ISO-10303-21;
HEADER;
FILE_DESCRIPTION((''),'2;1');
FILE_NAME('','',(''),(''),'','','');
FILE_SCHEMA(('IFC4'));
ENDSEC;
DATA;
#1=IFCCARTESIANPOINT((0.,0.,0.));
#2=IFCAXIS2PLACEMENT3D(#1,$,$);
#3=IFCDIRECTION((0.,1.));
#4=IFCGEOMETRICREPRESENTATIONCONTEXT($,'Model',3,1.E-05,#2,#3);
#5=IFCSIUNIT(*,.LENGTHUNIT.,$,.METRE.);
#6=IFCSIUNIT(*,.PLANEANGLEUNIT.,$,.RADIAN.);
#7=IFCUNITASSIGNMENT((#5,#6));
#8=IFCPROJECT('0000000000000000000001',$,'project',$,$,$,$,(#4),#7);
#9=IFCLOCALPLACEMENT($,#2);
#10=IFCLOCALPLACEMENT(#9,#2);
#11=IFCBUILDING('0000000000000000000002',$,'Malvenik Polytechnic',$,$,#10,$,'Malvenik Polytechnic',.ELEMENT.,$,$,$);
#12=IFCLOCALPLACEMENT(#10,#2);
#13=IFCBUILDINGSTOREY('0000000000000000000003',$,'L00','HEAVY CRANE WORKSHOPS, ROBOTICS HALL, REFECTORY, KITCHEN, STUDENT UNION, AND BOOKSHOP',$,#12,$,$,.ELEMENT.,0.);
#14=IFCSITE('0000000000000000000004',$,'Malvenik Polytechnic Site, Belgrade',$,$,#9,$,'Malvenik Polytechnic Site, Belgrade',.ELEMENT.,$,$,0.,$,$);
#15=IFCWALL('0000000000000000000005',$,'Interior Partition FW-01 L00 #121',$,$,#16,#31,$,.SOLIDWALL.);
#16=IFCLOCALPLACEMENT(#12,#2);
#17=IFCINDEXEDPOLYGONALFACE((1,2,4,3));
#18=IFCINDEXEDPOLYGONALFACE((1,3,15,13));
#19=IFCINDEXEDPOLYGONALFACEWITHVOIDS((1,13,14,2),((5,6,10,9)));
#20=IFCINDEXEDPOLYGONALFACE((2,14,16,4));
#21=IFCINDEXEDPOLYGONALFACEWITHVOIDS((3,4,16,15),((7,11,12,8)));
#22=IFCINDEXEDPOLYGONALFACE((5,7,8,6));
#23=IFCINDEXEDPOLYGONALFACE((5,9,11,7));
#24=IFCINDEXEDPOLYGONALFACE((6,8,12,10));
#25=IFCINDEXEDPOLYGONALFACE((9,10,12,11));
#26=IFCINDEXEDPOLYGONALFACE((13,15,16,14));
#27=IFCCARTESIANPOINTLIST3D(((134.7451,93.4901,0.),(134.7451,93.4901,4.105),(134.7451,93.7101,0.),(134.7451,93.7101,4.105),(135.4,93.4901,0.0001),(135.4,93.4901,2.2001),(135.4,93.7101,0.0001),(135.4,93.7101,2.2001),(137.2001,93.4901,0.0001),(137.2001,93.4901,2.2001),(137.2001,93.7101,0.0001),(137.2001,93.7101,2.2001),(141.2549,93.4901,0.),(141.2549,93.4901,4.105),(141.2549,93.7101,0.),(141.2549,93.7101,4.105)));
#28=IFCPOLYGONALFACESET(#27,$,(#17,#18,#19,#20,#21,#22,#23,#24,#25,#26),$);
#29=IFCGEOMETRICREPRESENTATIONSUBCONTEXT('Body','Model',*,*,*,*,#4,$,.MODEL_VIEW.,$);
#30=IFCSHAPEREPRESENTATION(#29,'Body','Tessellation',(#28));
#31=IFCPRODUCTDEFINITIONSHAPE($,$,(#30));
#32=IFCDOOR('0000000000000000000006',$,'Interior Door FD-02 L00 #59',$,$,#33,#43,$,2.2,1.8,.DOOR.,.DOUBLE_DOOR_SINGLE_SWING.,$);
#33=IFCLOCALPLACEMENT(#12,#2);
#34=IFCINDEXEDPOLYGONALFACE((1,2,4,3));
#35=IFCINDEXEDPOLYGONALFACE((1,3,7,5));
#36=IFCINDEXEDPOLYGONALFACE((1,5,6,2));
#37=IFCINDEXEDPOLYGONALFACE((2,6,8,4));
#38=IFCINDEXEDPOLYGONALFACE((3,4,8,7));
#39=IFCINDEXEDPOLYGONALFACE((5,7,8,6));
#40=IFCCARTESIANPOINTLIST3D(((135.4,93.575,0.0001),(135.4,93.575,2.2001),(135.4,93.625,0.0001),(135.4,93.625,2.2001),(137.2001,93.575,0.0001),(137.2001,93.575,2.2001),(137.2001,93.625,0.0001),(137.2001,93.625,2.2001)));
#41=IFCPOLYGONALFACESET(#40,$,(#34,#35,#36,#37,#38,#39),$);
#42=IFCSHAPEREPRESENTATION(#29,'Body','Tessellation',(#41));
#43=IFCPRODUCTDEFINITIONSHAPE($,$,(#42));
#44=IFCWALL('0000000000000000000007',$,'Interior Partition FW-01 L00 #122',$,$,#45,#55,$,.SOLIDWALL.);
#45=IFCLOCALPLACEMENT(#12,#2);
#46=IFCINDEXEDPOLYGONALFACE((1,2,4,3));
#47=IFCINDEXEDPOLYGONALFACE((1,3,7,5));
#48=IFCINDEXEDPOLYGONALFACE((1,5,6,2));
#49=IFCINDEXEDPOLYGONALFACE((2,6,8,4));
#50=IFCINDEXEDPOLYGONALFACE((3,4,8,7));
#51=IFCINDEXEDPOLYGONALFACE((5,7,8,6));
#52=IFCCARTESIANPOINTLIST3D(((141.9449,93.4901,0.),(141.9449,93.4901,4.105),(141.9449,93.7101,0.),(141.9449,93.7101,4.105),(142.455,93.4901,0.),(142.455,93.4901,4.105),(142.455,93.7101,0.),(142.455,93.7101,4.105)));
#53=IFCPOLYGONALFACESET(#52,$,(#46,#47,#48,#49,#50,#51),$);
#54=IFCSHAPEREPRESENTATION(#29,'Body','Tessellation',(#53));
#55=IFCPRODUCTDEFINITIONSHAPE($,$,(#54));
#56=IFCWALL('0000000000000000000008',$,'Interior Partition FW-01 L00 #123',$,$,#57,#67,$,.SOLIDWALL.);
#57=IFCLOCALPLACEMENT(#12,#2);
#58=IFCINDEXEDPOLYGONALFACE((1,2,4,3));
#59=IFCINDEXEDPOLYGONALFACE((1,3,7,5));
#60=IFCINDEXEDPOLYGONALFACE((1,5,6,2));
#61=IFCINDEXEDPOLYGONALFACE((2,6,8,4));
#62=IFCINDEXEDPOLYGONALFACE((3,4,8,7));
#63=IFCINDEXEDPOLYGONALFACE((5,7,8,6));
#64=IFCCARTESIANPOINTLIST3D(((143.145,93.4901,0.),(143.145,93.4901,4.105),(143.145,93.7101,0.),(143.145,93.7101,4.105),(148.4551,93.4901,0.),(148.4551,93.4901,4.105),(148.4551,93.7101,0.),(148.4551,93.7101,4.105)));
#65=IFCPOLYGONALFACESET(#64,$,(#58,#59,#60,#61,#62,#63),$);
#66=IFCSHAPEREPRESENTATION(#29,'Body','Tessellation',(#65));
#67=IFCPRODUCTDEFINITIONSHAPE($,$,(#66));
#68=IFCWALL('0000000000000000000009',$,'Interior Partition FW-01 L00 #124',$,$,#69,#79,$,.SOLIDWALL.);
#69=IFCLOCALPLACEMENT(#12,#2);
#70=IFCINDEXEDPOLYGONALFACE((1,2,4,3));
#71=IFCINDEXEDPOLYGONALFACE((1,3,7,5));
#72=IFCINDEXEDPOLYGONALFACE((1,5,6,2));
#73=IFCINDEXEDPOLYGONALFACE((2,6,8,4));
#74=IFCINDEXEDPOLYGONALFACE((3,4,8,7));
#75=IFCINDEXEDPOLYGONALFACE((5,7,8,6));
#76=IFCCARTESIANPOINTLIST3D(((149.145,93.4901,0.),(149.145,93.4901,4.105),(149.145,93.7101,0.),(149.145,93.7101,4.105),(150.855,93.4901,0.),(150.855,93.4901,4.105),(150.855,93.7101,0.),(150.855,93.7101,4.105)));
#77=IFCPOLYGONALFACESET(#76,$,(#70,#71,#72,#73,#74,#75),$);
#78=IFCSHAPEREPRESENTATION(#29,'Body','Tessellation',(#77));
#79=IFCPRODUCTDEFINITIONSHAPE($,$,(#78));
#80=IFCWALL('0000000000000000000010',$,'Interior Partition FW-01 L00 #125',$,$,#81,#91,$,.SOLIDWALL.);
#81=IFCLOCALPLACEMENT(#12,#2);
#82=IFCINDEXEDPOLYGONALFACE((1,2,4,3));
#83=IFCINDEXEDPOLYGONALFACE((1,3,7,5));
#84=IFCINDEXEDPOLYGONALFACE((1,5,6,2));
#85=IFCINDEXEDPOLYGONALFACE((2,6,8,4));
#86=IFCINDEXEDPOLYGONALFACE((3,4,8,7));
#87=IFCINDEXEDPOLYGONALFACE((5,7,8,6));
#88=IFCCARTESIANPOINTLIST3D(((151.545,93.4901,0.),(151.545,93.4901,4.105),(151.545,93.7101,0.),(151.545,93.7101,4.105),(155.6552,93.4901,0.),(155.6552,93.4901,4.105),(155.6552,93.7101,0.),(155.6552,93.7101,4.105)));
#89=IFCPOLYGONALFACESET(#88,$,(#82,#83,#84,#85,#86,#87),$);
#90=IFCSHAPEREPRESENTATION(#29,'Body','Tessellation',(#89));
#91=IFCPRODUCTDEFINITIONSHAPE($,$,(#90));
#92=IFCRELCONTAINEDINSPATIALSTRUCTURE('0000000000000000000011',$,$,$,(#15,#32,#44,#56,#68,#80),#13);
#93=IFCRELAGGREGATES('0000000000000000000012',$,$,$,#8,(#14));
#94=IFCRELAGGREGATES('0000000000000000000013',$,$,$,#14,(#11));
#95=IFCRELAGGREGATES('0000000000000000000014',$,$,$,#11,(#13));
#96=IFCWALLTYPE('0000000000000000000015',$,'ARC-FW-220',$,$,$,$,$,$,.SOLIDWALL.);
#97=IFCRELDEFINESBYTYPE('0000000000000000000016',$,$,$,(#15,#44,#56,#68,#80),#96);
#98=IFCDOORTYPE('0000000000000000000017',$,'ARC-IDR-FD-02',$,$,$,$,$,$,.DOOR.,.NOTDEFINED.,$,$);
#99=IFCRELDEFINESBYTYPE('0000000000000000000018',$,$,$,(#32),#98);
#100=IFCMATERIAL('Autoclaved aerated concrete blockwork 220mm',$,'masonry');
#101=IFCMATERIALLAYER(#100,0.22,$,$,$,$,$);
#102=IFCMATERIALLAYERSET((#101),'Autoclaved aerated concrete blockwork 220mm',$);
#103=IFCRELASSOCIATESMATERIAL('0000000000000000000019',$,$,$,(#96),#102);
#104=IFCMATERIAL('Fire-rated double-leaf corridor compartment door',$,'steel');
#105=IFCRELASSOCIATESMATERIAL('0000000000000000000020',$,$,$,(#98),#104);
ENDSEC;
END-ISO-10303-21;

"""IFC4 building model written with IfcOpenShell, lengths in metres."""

from ifc_helpers import new_model, si_unit, direction, frame, frame_2d, origin, place, context, subcontext, project, spatial, rectangle, extrude, material, layer, layer_set, type_object, element, fill, save


model = new_model("IFC4")

# Units and contexts
model_context = context("Model", 3, precision=1e-05, world=origin(), true_north=direction((0.0, 1.0)))
body_context = subcontext(model_context, "Body", "Model", "MODEL_VIEW")
ifc_project = project(units=[si_unit("LENGTHUNIT", "METRE"), si_unit("PLANEANGLEUNIT", "RADIAN")], contexts=[model_context])

# Site, building, storey
site_placement = place(None, origin())
site = spatial("IfcSite", under=ifc_project, at=site_placement, Name="Malvenik Polytechnic Site, Belgrade", LongName="Malvenik Polytechnic Site, Belgrade", CompositionType="ELEMENT", RefElevation=0.0)
building_placement = place(site_placement, origin())
building = spatial("IfcBuilding", under=site, at=building_placement, Name="Malvenik Polytechnic", LongName="Malvenik Polytechnic", CompositionType="ELEMENT")
storey_placement = place(building_placement, origin())
storey = spatial("IfcBuildingStorey", under=building, at=storey_placement, Name="L00", Description="HEAVY CRANE WORKSHOPS, ROBOTICS HALL, REFECTORY, KITCHEN, STUDENT UNION, AND BOOKSHOP", CompositionType="ELEMENT", Elevation=0.0)

# Wall, opening, door
ifc_material_1 = material(Name="Autoclaved aerated concrete blockwork 220mm", Category="masonry")
ifc_layer_1 = layer(ifc_material_1, 0.22)
ifc_layer_set_1 = layer_set([ifc_layer_1], Name="Autoclaved aerated concrete blockwork 220mm")
wall_type_1 = type_object("IfcWallType", Name="ARC-FW-220", PredefinedType="SOLIDWALL", material=ifc_layer_set_1)
wall_1_placement = place(storey_placement, frame((134.7451, 93.6001, 0.0), z_axis=(0.0, 0.0, 1.0), x_axis=(1.0, 0.0, 0.0)))
wall_1 = element("IfcWall", 1, at=wall_1_placement, inside=storey, type_object=wall_type_1, Name="Interior Partition FW-01 L00 #121", PredefinedType="SOLIDWALL", context=body_context, shape_type="SweptSolid", body=[
    extrude(rectangle(XDim=6.5098, YDim=0.22, at=frame_2d((3.2549, 0.0))), origin(), (0.0, 0.0, 1.0), 4.105),
])
opening_1_placement = place(wall_1_placement, frame((0.655, 0.0, 0.0)))
opening_1 = element("IfcOpeningElement", 2, at=opening_1_placement, cuts=wall_1, PredefinedType="OPENING", context=body_context, shape_type="SweptSolid", body=[
    extrude(rectangle(XDim=1.8, YDim=2.2, at=frame_2d((0.8999, 1.1001))), frame((0.0, 0.1201, 0.0), z_axis=(0.0, -1.0, 0.0), x_axis=(1.0, 0.0, 0.0)), (0.0, 0.0, 1.0), 0.24),
])
ifc_material_2 = material(Name="Fire-rated double-leaf corridor compartment door", Category="steel")
door_type = type_object("IfcDoorType", Name="ARC-IDR-FD-02", OperationType="NOTDEFINED", PredefinedType="DOOR", material=ifc_material_2)
door_placement = place(opening_1_placement, origin())
door = element("IfcDoor", 3, at=door_placement, inside=storey, type_object=door_type, Name="Interior Door FD-02 L00 #59", OperationType="DOUBLE_DOOR_SINGLE_SWING", OverallHeight=2.2, OverallWidth=1.8, PredefinedType="DOOR", context=body_context, shape_type="SweptSolid", body=[
    extrude(rectangle(XDim=1.8, YDim=2.2, at=frame_2d((0.8999, 1.1001))), frame((0.0, 0.0249, 0.0), z_axis=(0.0, -1.0, 0.0), x_axis=(1.0, 0.0, 0.0)), (0.0, 0.0, 1.0), 0.05),
])
fill(opening_1, door)

# Walls
wall_2_placement = place(storey_placement, frame((141.9451, 93.6001, 0.0), z_axis=(0.0, 0.0, 1.0), x_axis=(1.0, 0.0, 0.0)))
element("IfcWall", 4, at=wall_2_placement, inside=storey, type_object=wall_type_1, Name="Interior Partition FW-01 L00 #122", PredefinedType="SOLIDWALL", context=body_context, shape_type="SweptSolid", body=[
    extrude(rectangle(XDim=0.51, YDim=0.22, at=frame_2d((0.2549, 0.0))), origin(), (0.0, 0.0, 1.0), 4.105),
])
wall_3_placement = place(storey_placement, frame((143.145, 93.6001, 0.0), z_axis=(0.0, 0.0, 1.0), x_axis=(1.0, 0.0, 0.0)))
element("IfcWall", 5, at=wall_3_placement, inside=storey, type_object=wall_type_1, Name="Interior Partition FW-01 L00 #123", PredefinedType="SOLIDWALL", context=body_context, shape_type="SweptSolid", body=[
    extrude(rectangle(XDim=5.3101, YDim=0.22, at=frame_2d((2.655, 0.0))), origin(), (0.0, 0.0, 1.0), 4.105),
])
wall_4_placement = place(storey_placement, frame((149.145, 93.6001, 0.0), z_axis=(0.0, 0.0, 1.0), x_axis=(1.0, 0.0, 0.0)))
element("IfcWall", 6, at=wall_4_placement, inside=storey, type_object=wall_type_1, Name="Interior Partition FW-01 L00 #124", PredefinedType="SOLIDWALL", context=body_context, shape_type="SweptSolid", body=[
    extrude(rectangle(XDim=1.71, YDim=0.22, at=frame_2d((0.855, 0.0))), origin(), (0.0, 0.0, 1.0), 4.105),
])
wall_5_placement = place(storey_placement, frame((151.5449, 93.6001, 0.0), z_axis=(0.0, 0.0, 1.0), x_axis=(1.0, 0.0, 0.0)))
element("IfcWall", 7, at=wall_5_placement, inside=storey, type_object=wall_type_1, Name="Interior Partition FW-01 L00 #125", PredefinedType="SOLIDWALL", context=body_context, shape_type="SweptSolid", body=[
    extrude(rectangle(XDim=4.1101, YDim=0.22, at=frame_2d((2.0552, 0.0))), origin(), (0.0, 0.0, 1.0), 4.105),
])

save(model, "model.ifc")
